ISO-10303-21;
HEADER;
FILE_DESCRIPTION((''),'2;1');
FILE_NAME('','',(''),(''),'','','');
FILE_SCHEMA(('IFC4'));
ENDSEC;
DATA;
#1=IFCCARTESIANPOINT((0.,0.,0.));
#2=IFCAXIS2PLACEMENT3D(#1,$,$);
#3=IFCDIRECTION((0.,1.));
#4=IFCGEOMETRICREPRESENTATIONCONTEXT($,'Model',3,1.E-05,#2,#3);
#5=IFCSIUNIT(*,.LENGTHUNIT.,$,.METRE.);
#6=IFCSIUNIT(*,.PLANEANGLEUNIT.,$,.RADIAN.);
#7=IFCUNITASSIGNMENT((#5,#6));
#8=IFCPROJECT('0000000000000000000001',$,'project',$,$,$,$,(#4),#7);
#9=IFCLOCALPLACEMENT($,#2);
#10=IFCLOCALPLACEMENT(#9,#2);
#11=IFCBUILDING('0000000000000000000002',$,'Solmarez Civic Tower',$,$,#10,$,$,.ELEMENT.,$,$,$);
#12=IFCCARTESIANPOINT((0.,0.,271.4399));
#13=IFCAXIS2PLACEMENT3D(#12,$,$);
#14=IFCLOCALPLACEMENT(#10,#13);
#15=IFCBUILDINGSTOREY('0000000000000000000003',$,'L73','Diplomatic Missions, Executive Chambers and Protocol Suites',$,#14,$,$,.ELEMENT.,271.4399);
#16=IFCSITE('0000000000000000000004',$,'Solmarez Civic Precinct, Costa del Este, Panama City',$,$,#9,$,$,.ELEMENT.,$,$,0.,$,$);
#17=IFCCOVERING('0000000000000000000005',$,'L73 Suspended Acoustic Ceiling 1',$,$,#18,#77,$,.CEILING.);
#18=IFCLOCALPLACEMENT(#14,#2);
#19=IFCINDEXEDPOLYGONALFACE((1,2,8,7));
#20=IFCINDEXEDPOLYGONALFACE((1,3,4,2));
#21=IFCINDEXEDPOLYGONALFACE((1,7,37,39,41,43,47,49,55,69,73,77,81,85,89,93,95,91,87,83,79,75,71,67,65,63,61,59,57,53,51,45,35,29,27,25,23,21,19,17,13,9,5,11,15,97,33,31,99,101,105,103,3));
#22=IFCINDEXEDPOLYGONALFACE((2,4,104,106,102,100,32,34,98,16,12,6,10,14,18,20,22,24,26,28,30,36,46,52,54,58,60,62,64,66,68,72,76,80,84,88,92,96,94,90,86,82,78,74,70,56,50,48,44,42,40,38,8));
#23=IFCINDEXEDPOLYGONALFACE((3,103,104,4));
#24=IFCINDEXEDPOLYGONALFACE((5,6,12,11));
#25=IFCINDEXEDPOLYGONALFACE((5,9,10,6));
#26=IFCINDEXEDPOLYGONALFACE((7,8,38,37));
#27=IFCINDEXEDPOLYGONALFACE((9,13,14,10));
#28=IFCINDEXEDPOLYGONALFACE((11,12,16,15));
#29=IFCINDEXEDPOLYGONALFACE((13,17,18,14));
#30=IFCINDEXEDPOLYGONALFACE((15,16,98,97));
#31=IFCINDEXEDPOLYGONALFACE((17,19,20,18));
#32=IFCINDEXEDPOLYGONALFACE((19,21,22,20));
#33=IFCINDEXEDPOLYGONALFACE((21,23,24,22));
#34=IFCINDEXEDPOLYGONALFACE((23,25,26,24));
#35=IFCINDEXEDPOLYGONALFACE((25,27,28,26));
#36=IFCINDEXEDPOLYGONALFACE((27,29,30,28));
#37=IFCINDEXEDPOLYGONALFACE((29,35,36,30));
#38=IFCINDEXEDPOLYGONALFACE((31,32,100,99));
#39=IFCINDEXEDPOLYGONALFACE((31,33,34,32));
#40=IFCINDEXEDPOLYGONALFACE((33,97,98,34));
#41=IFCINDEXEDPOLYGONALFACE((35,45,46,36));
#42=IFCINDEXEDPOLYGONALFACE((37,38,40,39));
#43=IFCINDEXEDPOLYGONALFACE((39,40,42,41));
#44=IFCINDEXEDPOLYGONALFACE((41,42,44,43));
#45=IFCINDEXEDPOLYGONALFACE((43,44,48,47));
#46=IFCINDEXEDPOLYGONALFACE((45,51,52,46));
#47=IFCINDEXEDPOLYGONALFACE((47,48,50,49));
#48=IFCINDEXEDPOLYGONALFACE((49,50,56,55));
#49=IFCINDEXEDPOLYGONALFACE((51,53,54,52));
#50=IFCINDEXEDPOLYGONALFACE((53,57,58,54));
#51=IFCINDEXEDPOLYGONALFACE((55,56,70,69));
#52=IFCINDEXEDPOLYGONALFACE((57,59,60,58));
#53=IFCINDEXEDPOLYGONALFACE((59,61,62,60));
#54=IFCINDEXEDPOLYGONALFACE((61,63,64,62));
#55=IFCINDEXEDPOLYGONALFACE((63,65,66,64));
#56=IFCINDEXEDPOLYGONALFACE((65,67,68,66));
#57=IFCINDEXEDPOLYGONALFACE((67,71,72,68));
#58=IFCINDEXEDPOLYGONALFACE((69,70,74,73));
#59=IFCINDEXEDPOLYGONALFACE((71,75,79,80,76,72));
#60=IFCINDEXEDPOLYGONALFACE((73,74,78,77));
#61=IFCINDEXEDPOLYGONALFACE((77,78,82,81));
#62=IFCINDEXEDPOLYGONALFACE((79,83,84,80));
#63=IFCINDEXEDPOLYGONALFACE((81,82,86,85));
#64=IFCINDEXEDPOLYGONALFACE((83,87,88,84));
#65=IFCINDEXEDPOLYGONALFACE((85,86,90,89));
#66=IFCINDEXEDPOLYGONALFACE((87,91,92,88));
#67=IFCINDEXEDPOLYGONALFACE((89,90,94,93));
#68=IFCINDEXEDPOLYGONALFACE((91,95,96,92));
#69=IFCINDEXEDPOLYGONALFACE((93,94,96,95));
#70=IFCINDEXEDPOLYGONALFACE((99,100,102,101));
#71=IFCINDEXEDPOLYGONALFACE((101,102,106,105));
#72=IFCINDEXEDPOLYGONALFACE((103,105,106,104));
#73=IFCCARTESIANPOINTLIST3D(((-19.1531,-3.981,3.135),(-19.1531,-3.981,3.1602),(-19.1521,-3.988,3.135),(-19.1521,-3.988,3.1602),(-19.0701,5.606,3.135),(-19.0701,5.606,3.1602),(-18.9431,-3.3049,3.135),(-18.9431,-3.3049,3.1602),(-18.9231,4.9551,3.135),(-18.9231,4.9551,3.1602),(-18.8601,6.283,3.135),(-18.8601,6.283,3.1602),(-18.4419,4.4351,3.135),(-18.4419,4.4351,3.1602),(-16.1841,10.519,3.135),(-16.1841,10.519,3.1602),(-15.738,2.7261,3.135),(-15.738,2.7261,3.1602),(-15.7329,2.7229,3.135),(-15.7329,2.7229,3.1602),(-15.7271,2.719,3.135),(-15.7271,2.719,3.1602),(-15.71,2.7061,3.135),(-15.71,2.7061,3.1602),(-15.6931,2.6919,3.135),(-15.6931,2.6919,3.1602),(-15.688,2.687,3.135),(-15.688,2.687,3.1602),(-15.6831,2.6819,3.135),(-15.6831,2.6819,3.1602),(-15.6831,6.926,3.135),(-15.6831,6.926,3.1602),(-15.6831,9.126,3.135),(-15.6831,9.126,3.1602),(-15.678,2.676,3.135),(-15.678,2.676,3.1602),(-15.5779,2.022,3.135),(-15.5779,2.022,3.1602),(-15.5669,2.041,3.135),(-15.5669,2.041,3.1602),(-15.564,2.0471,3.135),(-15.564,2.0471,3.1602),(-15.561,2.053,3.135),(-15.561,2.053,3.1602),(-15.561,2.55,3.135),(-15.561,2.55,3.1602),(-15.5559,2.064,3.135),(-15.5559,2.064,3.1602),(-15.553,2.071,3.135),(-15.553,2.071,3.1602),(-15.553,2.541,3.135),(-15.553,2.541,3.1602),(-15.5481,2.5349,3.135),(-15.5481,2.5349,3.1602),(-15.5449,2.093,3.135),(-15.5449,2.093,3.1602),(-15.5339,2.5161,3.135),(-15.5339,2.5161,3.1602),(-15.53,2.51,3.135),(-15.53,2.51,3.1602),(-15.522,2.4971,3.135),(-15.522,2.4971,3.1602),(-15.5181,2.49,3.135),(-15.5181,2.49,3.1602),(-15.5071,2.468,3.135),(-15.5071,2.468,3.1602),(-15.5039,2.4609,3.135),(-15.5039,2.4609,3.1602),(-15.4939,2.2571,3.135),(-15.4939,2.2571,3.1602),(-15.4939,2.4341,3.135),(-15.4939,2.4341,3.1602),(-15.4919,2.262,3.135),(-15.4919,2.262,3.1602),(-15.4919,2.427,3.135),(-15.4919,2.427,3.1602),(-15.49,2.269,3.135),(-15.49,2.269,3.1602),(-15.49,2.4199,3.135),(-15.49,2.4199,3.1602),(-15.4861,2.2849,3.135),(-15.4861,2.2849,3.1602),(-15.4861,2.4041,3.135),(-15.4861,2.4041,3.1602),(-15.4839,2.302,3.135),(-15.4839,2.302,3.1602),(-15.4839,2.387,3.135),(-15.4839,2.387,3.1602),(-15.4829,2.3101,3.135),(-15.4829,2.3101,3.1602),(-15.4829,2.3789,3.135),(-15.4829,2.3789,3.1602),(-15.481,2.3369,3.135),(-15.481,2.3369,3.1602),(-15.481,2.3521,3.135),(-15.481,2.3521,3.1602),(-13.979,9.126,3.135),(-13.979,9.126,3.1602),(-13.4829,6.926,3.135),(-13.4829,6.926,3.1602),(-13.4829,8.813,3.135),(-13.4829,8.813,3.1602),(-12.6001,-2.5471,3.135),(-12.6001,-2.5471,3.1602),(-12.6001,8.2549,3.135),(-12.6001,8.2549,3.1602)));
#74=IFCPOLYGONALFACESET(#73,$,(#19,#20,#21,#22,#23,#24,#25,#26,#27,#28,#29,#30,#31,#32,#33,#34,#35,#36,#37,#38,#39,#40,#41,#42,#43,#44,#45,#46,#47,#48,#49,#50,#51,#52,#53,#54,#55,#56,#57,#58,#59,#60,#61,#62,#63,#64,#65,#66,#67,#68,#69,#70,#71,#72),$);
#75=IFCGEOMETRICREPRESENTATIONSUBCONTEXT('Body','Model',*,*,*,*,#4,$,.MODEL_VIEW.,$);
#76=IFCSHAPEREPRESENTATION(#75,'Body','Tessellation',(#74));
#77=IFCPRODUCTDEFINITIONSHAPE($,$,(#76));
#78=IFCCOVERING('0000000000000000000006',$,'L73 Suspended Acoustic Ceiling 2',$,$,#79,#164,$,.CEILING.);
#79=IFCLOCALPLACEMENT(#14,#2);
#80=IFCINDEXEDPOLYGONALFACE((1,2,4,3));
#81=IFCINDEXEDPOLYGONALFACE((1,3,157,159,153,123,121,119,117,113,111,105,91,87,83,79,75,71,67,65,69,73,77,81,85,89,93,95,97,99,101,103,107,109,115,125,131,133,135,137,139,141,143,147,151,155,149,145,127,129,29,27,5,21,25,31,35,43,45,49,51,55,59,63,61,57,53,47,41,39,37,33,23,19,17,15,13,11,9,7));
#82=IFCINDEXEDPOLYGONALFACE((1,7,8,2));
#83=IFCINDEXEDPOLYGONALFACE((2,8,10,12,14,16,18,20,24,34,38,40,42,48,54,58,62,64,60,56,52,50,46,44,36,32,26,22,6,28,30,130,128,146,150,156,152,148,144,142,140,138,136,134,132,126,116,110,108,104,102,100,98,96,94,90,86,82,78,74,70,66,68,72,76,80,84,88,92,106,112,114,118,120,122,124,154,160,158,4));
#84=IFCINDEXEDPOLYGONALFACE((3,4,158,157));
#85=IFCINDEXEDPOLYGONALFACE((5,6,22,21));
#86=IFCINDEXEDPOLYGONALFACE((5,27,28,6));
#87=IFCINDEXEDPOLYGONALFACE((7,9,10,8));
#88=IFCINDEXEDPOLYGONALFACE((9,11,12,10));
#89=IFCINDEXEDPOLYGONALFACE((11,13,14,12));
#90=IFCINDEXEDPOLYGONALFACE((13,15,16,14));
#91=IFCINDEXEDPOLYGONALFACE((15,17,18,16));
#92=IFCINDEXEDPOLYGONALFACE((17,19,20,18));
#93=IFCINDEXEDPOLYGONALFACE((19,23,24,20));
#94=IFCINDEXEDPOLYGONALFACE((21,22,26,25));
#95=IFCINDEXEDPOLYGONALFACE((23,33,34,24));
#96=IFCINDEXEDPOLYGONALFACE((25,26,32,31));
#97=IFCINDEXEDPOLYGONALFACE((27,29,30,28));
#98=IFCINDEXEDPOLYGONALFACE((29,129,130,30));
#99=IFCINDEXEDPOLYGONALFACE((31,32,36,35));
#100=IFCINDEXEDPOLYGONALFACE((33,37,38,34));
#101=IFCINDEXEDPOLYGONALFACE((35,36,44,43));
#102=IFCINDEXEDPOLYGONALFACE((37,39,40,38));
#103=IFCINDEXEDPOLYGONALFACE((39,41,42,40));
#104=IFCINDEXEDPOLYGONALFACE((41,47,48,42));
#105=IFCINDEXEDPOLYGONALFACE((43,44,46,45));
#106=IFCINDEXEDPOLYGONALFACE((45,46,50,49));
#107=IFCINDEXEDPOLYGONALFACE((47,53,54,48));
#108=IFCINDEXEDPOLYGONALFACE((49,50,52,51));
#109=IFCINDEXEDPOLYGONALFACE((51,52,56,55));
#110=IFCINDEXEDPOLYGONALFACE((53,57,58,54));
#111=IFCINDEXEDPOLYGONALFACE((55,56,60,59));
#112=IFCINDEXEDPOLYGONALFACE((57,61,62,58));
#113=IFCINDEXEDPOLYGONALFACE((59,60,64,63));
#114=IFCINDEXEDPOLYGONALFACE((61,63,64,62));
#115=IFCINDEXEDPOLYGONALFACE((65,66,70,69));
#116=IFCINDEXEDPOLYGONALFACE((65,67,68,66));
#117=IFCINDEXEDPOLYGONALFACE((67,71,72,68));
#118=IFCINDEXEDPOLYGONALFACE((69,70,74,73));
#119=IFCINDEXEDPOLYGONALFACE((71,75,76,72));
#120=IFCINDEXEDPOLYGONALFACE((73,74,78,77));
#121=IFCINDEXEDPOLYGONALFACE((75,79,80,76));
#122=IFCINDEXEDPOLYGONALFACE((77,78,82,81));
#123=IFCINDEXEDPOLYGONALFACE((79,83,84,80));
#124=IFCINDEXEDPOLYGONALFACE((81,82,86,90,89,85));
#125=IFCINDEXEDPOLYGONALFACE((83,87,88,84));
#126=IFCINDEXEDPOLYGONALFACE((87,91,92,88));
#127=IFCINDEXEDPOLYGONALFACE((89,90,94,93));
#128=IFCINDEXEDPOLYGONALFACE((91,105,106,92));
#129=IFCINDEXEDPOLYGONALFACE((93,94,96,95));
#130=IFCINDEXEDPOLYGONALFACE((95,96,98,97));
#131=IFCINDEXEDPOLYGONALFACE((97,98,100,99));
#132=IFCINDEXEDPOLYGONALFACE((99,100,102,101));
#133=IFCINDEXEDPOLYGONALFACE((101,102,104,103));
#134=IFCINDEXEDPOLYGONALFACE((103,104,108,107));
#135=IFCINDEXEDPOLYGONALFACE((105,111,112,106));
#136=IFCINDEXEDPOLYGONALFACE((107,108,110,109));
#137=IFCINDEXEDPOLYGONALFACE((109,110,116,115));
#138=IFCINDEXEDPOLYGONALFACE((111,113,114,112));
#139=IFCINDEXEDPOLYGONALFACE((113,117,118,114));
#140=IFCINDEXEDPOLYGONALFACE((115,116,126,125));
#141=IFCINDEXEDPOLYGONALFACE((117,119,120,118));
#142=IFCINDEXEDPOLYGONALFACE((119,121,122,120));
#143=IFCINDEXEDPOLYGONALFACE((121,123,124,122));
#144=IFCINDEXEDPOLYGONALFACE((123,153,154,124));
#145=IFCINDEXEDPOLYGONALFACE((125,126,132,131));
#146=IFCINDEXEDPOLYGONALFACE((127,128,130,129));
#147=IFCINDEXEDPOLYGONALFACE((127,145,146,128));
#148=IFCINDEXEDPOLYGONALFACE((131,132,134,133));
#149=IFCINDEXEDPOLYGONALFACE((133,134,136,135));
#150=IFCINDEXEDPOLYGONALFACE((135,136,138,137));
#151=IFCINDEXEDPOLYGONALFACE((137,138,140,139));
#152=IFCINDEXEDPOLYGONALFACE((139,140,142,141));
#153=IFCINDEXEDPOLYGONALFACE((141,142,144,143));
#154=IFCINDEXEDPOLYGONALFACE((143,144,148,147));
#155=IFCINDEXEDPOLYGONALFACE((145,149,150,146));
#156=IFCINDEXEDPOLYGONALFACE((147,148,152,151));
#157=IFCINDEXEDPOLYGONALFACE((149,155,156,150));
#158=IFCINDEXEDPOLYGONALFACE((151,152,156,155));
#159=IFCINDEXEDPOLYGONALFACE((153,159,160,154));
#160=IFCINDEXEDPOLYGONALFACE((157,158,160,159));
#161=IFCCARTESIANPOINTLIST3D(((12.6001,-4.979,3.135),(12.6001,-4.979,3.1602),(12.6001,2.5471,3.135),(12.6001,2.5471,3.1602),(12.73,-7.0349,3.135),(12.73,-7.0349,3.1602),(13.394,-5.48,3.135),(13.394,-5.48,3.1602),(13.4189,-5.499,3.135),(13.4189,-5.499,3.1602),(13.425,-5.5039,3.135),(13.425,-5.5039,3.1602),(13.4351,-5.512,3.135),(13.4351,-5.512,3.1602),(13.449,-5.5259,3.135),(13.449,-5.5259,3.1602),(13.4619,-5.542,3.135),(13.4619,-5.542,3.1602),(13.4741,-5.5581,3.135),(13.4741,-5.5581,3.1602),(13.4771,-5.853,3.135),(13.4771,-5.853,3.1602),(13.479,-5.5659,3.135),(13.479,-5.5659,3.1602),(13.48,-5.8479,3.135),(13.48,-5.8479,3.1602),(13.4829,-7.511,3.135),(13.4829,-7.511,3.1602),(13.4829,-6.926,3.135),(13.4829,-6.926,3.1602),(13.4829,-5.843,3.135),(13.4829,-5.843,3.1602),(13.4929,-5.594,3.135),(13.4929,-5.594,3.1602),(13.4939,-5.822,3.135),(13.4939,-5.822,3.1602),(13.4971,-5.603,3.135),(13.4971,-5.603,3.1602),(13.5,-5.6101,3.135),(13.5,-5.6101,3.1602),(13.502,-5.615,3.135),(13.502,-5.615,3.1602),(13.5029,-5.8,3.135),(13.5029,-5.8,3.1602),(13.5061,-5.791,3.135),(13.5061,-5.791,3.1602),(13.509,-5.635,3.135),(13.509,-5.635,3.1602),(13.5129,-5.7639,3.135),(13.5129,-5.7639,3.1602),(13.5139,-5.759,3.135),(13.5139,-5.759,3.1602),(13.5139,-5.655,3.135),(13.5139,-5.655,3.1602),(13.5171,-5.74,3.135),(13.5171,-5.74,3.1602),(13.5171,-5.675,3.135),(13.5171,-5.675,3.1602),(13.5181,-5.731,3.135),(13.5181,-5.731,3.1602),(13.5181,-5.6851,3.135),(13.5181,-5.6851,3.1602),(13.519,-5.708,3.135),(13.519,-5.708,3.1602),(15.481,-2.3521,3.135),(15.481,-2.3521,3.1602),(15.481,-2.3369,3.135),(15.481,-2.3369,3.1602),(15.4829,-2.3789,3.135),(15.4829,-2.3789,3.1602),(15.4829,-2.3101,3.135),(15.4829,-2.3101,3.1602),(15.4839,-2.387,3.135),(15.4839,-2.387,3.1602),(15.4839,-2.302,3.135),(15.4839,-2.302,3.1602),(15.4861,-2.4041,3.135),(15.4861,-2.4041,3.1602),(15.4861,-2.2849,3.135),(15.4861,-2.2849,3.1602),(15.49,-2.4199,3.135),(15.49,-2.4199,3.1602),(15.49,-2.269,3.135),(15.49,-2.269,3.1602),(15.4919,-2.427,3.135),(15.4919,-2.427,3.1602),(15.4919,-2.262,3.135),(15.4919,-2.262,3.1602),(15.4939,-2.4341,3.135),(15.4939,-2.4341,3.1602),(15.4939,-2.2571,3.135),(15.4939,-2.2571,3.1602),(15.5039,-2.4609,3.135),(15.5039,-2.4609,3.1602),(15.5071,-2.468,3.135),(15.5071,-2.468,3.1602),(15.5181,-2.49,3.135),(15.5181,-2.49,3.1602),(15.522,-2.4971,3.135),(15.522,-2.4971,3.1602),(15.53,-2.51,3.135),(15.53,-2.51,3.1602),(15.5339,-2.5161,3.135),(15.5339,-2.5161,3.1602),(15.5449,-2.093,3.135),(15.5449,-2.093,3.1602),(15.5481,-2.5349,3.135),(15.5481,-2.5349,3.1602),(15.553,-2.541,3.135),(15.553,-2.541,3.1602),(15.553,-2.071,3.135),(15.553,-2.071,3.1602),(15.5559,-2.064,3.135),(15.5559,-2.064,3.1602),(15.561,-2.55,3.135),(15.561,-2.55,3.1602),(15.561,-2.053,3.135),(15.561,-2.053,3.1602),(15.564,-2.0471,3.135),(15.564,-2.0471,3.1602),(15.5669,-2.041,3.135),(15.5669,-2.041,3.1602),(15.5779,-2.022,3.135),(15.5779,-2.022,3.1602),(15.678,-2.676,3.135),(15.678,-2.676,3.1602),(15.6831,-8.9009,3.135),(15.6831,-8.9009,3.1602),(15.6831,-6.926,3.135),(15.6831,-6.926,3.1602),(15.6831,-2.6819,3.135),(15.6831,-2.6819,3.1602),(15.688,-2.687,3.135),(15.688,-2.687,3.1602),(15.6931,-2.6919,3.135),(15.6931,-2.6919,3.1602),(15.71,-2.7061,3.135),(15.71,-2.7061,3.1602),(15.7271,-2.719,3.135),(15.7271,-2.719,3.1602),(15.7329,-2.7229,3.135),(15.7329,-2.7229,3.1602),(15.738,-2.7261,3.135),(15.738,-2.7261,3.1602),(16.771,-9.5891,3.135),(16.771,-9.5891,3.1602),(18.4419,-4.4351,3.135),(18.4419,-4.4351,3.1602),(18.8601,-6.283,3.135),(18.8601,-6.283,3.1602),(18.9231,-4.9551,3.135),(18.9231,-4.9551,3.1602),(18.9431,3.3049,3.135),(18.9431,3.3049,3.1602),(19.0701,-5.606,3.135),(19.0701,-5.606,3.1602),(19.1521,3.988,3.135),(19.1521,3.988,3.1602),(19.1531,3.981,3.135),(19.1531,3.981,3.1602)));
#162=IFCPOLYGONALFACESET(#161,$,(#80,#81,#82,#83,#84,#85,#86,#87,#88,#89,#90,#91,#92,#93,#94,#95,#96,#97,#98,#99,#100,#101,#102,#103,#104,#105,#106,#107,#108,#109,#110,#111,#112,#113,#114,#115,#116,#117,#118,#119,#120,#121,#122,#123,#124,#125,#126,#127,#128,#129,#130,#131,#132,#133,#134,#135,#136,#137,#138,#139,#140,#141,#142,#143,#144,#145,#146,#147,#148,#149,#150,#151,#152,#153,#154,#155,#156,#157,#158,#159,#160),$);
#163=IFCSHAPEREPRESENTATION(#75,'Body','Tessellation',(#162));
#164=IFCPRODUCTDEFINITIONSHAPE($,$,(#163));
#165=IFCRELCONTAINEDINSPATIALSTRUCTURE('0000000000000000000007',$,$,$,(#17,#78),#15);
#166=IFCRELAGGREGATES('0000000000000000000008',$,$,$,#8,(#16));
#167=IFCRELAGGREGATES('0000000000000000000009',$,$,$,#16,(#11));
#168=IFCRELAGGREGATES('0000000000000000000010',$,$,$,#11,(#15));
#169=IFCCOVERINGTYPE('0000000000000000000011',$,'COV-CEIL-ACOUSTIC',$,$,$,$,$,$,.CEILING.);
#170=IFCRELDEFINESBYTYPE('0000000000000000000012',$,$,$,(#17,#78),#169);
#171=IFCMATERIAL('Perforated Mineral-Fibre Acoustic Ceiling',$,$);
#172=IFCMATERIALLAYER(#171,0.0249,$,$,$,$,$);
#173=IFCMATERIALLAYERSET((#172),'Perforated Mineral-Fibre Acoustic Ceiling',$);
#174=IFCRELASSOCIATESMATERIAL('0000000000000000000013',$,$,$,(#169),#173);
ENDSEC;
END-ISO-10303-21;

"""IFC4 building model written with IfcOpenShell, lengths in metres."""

from ifc_helpers import new_model, si_unit, direction, frame, origin, place, context, subcontext, project, spatial, polyline, outline, extrude, material, layer, layer_set, type_object, element, save


model = new_model("IFC4")

# Units and contexts
model_context = context("Model", 3, precision=1e-05, world=origin(), true_north=direction((0.0, 1.0)))
body_context = subcontext(model_context, "Body", "Model", "MODEL_VIEW")
ifc_project = project(units=[si_unit("LENGTHUNIT", "METRE"), si_unit("PLANEANGLEUNIT", "RADIAN")], contexts=[model_context])

# Site, building, storey
site_placement = place(None, origin())
site = spatial("IfcSite", under=ifc_project, at=site_placement, Name="Solmarez Civic Precinct, Costa del Este, Panama City", CompositionType="ELEMENT", RefElevation=0.0)
building_placement = place(site_placement, origin())
building = spatial("IfcBuilding", under=site, at=building_placement, Name="Solmarez Civic Tower", CompositionType="ELEMENT")
storey_placement = place(building_placement, frame((0.0, 0.0, 271.4399)))
storey = spatial("IfcBuildingStorey", under=building, at=storey_placement, Name="L73", Description="Diplomatic Missions, Executive Chambers and Protocol Suites", CompositionType="ELEMENT", Elevation=271.4399)

# Coverings
ifc_material_1 = material(Name="Perforated Mineral-Fibre Acoustic Ceiling")
ifc_layer_1 = layer(ifc_material_1, 0.0249)
ifc_layer_set_1 = layer_set([ifc_layer_1], Name="Perforated Mineral-Fibre Acoustic Ceiling")
covering_type_1 = type_object("IfcCoveringType", Name="COV-CEIL-ACOUSTIC", PredefinedType="CEILING", material=ifc_layer_set_1)
covering_1_placement = place(storey_placement, frame((0.0, 0.0, 3.135)))
element("IfcCovering", 1, at=covering_1_placement, inside=storey, type_object=covering_type_1, Name="L73 Suspended Acoustic Ceiling 1", PredefinedType="CEILING", context=body_context, shape_type="SweptSolid", body=[
    extrude(outline(polyline([(-12.6001, -2.5471), (-12.6001, 8.2549), (-13.4829, 8.813), (-13.4829, 6.926), (-15.6831, 6.926), (-15.6831, 9.126), (-13.979, 9.126), (-16.1841, 10.519), (-18.8601, 6.283), (-19.0701, 5.606), (-18.9231, 4.9551), (-18.4419, 4.4351), (-15.738, 2.7261), (-15.7329, 2.7229), (-15.7271, 2.719), (-15.71, 2.7061), (-15.6931, 2.6919), (-15.688, 2.687), (-15.6831, 2.6819), (-15.678, 2.676), (-15.561, 2.55), (-15.553, 2.541), (-15.5481, 2.5349), (-15.5339, 2.5161), (-15.53, 2.51), (-15.522, 2.4971), (-15.5181, 2.49), (-15.5071, 2.468), (-15.5039, 2.4609), (-15.4939, 2.4341), (-15.4919, 2.427), (-15.49, 2.4199), (-15.4861, 2.4041), (-15.4839, 2.387), (-15.4829, 2.3789), (-15.481, 2.3521), (-15.481, 2.3369), (-15.4829, 2.3101), (-15.4839, 2.302), (-15.4861, 2.2849), (-15.49, 2.269), (-15.4919, 2.262), (-15.4939, 2.2571), (-15.5449, 2.093), (-15.553, 2.071), (-15.5559, 2.064), (-15.561, 2.053), (-15.564, 2.0471), (-15.5669, 2.041), (-15.5779, 2.022), (-18.9431, -3.3049), (-19.1531, -3.981), (-19.1521, -3.988), (-12.6001, -2.5471)])), origin(), (0.0, 0.0, 1.0), 0.0251),
])
covering_2_placement = place(storey_placement, frame((0.0, 0.0, 3.135)))
element("IfcCovering", 2, at=covering_2_placement, inside=storey, type_object=covering_type_1, Name="L73 Suspended Acoustic Ceiling 2", PredefinedType="CEILING", context=body_context, shape_type="SweptSolid", body=[
    extrude(outline(polyline([(12.6001, 2.5471), (12.6001, -4.979), (13.394, -5.48), (13.4189, -5.499), (13.425, -5.5039), (13.4351, -5.512), (13.449, -5.5259), (13.4619, -5.542), (13.4741, -5.5581), (13.479, -5.5659), (13.4929, -5.594), (13.4971, -5.603), (13.5, -5.6101), (13.502, -5.615), (13.509, -5.635), (13.5139, -5.655), (13.5171, -5.675), (13.5181, -5.6851), (13.519, -5.708), (13.5181, -5.731), (13.5171, -5.74), (13.5139, -5.759), (13.5129, -5.7639), (13.5061, -5.791), (13.5029, -5.8), (13.4939, -5.822), (13.4829, -5.843), (13.48, -5.8479), (13.4771, -5.853), (12.73, -7.0349), (13.4829, -7.511), (13.4829, -6.926), (15.6831, -6.926), (15.6831, -8.9009), (16.771, -9.5891), (18.8601, -6.283), (19.0701, -5.606), (18.9231, -4.9551), (18.4419, -4.4351), (15.738, -2.7261), (15.7329, -2.7229), (15.7271, -2.719), (15.71, -2.7061), (15.6931, -2.6919), (15.688, -2.687), (15.6831, -2.6819), (15.678, -2.676), (15.561, -2.55), (15.553, -2.541), (15.5481, -2.5349), (15.5339, -2.5161), (15.53, -2.51), (15.522, -2.4971), (15.5181, -2.49), (15.5071, -2.468), (15.5039, -2.4609), (15.4939, -2.4341), (15.4919, -2.427), (15.49, -2.4199), (15.4861, -2.4041), (15.4839, -2.387), (15.4829, -2.3789), (15.481, -2.3521), (15.481, -2.3369), (15.4829, -2.3101), (15.4839, -2.302), (15.4861, -2.2849), (15.49, -2.269), (15.4919, -2.262), (15.4939, -2.2571), (15.5449, -2.093), (15.553, -2.071), (15.5559, -2.064), (15.561, -2.053), (15.564, -2.0471), (15.5669, -2.041), (15.5779, -2.022), (18.9431, 3.3049), (19.1531, 3.981), (19.1521, 3.988), (12.6001, 2.5471)])), origin(), (0.0, 0.0, 1.0), 0.0251),
])

save(model, "model.ifc")
